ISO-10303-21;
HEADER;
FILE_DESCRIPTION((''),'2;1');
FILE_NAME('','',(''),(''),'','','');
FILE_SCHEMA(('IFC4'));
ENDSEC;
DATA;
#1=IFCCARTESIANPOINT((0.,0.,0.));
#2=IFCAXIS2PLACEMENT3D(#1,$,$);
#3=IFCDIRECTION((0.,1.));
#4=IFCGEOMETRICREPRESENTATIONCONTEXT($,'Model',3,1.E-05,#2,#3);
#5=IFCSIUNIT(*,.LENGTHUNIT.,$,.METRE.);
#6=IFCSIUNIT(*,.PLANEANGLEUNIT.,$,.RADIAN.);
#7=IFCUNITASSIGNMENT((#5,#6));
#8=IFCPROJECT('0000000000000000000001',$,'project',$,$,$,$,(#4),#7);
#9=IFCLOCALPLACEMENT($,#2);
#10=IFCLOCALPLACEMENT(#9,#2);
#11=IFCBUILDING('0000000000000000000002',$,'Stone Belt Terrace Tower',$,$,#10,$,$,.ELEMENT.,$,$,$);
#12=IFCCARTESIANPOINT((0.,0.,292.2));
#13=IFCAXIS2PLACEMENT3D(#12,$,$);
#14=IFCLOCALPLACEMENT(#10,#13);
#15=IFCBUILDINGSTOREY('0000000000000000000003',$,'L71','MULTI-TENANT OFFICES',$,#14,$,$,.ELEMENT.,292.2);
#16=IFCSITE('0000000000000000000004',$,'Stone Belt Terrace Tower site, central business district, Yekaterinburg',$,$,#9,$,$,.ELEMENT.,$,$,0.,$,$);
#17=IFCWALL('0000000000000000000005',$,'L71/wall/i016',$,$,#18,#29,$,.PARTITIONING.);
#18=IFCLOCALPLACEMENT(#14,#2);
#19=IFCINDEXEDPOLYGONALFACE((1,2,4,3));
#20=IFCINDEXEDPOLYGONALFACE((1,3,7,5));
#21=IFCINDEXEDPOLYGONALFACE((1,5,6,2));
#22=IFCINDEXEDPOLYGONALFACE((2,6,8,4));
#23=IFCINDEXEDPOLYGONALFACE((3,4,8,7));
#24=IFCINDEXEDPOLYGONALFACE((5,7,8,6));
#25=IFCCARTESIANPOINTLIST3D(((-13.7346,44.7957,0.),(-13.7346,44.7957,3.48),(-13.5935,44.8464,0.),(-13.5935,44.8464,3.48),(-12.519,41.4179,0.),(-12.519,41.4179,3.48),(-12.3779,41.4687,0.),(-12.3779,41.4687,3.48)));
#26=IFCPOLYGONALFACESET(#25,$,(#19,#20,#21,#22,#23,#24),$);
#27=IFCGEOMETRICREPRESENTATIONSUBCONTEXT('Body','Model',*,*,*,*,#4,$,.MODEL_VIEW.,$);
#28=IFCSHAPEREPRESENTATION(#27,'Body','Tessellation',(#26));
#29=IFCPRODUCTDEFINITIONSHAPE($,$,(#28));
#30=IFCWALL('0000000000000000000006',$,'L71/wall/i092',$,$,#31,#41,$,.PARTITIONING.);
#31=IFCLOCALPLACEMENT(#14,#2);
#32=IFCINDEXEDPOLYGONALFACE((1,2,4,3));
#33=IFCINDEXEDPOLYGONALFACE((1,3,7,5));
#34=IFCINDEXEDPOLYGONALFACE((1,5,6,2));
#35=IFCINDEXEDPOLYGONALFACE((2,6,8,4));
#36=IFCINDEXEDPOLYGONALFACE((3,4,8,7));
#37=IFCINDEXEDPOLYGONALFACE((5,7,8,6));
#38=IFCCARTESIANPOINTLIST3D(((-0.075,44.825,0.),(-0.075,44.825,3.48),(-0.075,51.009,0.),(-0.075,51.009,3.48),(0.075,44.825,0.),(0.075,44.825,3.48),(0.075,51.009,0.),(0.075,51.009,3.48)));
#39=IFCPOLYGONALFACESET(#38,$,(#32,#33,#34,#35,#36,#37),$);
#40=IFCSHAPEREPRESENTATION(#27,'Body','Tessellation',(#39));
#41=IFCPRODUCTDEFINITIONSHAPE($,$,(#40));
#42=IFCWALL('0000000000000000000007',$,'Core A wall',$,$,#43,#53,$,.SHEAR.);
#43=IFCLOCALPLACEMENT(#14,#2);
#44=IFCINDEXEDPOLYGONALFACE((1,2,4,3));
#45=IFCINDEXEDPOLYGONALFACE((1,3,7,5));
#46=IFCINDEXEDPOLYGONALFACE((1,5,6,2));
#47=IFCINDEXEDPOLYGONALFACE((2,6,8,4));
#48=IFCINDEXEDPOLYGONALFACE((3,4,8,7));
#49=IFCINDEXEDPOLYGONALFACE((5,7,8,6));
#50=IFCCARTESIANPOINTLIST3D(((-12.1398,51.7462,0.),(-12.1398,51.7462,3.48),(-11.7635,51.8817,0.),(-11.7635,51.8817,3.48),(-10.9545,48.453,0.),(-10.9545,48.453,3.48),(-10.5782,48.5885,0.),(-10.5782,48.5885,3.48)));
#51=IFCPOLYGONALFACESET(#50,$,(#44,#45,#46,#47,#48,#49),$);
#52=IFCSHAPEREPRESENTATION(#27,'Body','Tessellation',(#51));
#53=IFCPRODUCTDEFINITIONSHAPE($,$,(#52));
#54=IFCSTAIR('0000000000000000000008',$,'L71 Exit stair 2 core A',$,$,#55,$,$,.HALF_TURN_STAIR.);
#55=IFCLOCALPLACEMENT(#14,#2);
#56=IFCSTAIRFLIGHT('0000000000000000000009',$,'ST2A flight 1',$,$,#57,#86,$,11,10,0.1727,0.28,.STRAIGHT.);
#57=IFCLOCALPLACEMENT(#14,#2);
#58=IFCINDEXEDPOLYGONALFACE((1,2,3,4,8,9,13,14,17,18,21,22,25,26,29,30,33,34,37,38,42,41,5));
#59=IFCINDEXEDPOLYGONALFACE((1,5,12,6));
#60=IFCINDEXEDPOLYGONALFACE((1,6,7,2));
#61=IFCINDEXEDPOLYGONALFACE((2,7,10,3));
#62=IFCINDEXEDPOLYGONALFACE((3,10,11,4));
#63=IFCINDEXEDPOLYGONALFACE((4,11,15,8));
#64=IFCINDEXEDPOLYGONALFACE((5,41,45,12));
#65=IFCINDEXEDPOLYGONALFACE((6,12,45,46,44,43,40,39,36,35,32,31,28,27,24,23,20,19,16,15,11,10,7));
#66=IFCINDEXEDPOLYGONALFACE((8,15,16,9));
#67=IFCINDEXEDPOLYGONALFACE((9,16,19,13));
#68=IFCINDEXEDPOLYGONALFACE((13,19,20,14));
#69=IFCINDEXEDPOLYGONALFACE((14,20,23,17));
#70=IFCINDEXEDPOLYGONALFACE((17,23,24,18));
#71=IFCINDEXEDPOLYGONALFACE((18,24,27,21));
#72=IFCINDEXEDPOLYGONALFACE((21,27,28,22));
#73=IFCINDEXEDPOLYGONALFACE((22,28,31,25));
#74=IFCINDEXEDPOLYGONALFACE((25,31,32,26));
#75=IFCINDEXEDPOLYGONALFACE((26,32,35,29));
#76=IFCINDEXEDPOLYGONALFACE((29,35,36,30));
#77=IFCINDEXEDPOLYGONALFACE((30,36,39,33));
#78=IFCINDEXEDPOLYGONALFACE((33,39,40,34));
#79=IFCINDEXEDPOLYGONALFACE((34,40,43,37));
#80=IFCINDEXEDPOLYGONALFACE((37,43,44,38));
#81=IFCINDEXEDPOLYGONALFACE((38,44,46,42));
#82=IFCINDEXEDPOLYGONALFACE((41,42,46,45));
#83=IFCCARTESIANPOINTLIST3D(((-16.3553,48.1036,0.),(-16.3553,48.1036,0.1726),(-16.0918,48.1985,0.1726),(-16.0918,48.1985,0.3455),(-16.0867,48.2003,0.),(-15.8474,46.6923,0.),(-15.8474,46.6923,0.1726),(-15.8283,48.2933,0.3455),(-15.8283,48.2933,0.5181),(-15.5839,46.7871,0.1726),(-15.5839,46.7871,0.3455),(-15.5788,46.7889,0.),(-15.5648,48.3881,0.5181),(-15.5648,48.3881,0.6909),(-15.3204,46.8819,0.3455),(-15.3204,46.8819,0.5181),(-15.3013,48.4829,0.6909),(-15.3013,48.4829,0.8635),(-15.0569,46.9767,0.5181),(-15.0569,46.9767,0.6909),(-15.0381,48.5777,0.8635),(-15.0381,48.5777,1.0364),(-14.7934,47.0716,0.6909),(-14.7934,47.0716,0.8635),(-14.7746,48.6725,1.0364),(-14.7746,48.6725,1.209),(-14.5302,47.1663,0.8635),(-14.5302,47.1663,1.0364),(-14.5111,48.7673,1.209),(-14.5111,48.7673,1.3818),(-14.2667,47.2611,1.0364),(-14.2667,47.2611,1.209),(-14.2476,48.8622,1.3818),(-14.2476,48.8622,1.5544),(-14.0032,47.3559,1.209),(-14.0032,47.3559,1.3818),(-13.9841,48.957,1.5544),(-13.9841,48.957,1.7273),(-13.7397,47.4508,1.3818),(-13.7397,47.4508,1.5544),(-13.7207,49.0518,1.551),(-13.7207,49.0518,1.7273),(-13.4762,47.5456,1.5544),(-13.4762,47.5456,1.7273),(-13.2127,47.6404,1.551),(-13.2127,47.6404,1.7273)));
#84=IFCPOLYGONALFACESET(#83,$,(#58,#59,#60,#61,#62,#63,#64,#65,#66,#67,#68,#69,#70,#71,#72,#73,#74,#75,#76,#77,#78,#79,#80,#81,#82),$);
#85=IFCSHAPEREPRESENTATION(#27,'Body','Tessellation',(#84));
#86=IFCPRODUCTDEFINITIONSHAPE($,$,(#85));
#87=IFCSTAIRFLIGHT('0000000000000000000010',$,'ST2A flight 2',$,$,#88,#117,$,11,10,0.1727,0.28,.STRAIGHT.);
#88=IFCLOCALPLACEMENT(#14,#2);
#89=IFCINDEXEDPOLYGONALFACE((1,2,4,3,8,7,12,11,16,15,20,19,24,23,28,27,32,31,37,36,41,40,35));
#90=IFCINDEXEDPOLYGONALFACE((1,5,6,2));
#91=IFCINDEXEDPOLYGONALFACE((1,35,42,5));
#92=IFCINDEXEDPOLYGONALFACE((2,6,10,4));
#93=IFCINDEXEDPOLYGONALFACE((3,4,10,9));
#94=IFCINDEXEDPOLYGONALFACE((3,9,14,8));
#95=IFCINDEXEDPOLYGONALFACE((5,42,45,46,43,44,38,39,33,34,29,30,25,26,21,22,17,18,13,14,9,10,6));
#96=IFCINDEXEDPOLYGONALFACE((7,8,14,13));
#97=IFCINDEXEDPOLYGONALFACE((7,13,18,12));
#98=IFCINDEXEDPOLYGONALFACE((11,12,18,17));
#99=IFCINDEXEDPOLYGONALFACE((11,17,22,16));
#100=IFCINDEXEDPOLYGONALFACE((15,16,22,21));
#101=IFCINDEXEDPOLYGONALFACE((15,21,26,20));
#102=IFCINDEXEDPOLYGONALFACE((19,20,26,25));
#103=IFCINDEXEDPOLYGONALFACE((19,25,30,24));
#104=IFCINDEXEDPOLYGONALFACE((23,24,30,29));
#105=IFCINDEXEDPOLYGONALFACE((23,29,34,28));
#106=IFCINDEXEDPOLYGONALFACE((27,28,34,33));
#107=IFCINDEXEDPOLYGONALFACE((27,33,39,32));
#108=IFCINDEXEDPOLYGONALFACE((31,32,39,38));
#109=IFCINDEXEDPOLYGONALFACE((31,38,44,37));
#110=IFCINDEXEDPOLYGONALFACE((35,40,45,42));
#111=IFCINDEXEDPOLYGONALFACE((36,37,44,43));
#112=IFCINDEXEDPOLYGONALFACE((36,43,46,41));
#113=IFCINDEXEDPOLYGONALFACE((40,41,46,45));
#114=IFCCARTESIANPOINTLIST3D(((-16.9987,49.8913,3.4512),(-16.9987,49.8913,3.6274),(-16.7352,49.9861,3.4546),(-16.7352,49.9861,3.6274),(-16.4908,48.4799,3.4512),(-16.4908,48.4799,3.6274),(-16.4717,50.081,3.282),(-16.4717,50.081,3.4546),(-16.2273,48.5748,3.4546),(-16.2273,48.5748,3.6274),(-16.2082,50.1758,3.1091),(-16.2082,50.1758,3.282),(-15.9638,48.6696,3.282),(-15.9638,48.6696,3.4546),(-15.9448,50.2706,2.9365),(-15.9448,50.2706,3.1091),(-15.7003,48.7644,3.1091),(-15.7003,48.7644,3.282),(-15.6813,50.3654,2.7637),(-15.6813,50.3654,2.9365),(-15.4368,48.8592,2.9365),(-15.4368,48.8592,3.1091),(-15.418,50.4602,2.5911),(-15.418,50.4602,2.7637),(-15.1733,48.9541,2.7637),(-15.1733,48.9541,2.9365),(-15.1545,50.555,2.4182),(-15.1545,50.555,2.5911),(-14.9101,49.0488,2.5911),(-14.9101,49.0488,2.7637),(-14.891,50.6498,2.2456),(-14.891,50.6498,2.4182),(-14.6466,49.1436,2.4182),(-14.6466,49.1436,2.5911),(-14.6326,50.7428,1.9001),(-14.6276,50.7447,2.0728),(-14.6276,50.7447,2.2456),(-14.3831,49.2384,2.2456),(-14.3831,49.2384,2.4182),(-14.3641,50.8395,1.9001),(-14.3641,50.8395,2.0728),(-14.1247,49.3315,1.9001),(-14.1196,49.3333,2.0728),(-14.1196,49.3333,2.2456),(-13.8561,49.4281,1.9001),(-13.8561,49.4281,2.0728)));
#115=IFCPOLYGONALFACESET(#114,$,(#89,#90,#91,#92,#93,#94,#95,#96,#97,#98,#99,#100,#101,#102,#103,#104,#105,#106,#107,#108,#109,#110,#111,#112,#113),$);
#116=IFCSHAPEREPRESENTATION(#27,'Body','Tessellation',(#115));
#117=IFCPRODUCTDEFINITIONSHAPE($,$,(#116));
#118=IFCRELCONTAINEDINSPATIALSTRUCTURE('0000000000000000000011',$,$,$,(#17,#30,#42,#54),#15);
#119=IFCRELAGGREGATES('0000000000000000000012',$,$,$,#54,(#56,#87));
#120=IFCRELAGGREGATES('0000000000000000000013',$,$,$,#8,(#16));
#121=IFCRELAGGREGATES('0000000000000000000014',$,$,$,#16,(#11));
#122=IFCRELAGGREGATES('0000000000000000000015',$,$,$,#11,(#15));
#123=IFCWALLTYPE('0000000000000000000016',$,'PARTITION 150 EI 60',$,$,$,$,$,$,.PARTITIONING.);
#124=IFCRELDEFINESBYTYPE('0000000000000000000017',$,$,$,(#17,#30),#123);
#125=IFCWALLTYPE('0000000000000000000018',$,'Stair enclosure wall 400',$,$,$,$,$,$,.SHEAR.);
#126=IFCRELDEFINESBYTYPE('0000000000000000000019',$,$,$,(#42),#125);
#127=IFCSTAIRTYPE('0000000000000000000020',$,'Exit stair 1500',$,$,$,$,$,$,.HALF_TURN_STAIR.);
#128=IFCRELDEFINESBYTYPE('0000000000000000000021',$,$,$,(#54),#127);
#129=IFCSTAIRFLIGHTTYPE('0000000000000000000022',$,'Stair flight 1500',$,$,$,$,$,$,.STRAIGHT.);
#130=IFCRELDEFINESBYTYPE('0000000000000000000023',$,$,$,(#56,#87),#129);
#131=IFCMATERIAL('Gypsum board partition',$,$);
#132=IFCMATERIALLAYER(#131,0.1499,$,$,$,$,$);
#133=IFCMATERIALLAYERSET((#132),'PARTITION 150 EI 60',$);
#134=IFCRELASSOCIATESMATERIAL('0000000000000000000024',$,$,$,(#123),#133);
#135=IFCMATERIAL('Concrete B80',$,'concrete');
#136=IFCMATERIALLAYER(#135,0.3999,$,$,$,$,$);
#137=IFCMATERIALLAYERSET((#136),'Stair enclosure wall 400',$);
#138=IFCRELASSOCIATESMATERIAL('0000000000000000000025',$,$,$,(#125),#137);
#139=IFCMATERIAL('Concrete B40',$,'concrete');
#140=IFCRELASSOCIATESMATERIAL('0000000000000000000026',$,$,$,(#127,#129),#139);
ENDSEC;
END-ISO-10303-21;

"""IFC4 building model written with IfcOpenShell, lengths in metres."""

from ifc_helpers import new_model, si_unit, direction, frame, frame_2d, origin, place, context, subcontext, project, spatial, polyline, rectangle, outline, extrude, material, layer, layer_set, type_object, element, aggregate, save


model = new_model("IFC4")

# Units and contexts
model_context = context("Model", 3, precision=1e-05, world=origin(), true_north=direction((0.0, 1.0)))
body_context = subcontext(model_context, "Body", "Model", "MODEL_VIEW")
ifc_project = project(units=[si_unit("LENGTHUNIT", "METRE"), si_unit("PLANEANGLEUNIT", "RADIAN")], contexts=[model_context])

# Site, building, storey
site_placement = place(None, origin())
site = spatial("IfcSite", under=ifc_project, at=site_placement, Name="Stone Belt Terrace Tower site, central business district, Yekaterinburg", CompositionType="ELEMENT", RefElevation=0.0)
building_placement = place(site_placement, origin())
building = spatial("IfcBuilding", under=site, at=building_placement, Name="Stone Belt Terrace Tower", CompositionType="ELEMENT")
storey_placement = place(building_placement, frame((0.0, 0.0, 292.2)))
storey = spatial("IfcBuildingStorey", under=building, at=storey_placement, Name="L71", Description="MULTI-TENANT OFFICES", CompositionType="ELEMENT", Elevation=292.2)

# Shared definitions
ifc_material_1 = material(Name="Gypsum board partition")
ifc_layer_1 = layer(ifc_material_1, 0.1499)
ifc_layer_set_1 = layer_set([ifc_layer_1], Name="PARTITION 150 EI 60")
wall_type_1 = type_object("IfcWallType", Name="PARTITION 150 EI 60", PredefinedType="PARTITIONING", material=ifc_layer_set_1)

# Walls
wall_1_placement = place(storey_placement, frame((-13.6641, 44.821, 0.0), z_axis=(0.0, 0.0, 1.0), x_axis=(0.338623, -0.940922, 0.0)))
element("IfcWall", 1, at=wall_1_placement, inside=storey, type_object=wall_type_1, Name="L71/wall/i016", PredefinedType="PARTITIONING", context=body_context, shape_type="SweptSolid", body=[
    extrude(rectangle(XDim=3.5898, YDim=0.1499, at=frame_2d((1.7949, 0.0))), origin(), (0.0, 0.0, 1.0), 3.48),
])
wall_2_placement = place(storey_placement, frame((0.0, 51.009, 0.0), z_axis=(0.0, 0.0, 1.0), x_axis=(0.0, -1.0, 0.0)))
element("IfcWall", 2, at=wall_2_placement, inside=storey, type_object=wall_type_1, Name="L71/wall/i092", PredefinedType="PARTITIONING", context=body_context, shape_type="SweptSolid", body=[
    extrude(rectangle(XDim=6.1841, YDim=0.1499, at=frame_2d((3.092, 0.0))), origin(), (0.0, 0.0, 1.0), 3.48),
])
ifc_material_2 = material(Name="Concrete B80", Category="concrete")
ifc_layer_2 = layer(ifc_material_2, 0.3999)
ifc_layer_set_2 = layer_set([ifc_layer_2], Name="Stair enclosure wall 400")
wall_type_2 = type_object("IfcWallType", Name="Stair enclosure wall 400", PredefinedType="SHEAR", material=ifc_layer_set_2)
wall_3_placement = place(storey_placement, frame((-10.7664, 48.5208, 0.0), z_axis=(0.0, 0.0, 1.0), x_axis=(-0.338655, 0.940911, 0.0)))
element("IfcWall", 3, at=wall_3_placement, inside=storey, type_object=wall_type_2, Name="Core A wall", PredefinedType="SHEAR", context=body_context, shape_type="SweptSolid", body=[
    extrude(rectangle(XDim=3.5, YDim=0.3999, at=frame_2d((1.75, 0.0))), origin(), (0.0, 0.0, 1.0), 3.48),
])

# Stair, stair flights
ifc_material_3 = material(Name="Concrete B40", Category="concrete")
stair_type = type_object("IfcStairType", Name="Exit stair 1500", PredefinedType="HALF_TURN_STAIR", material=ifc_material_3)
stair_placement = place(storey_placement, origin())
stair = element("IfcStair", 4, at=stair_placement, inside=storey, type_object=stair_type, Name="L71 Exit stair 2 core A", PredefinedType="HALF_TURN_STAIR")
stair_flight_type = type_object("IfcStairFlightType", Name="Stair flight 1500", PredefinedType="STRAIGHT", material=ifc_material_3)
stair_flight_1_placement = place(storey_placement, frame((-16.1013, 47.3979, 0.0), z_axis=(0.0, 0.0, 1.0), x_axis=(0.940922, 0.338624, 0.0)))
stair_flight_1 = element("IfcStairFlight", 5, at=stair_flight_1_placement, type_object=stair_flight_type, Name="ST2A flight 1", NumberOfRisers=11, NumberOfTreads=10, PredefinedType="STRAIGHT", RiserHeight=0.1727, TreadLength=0.28, context=body_context, shape_type="SweptSolid", body=[
    extrude(outline(polyline([(0.0, 0.0), (0.0, 0.1726), (0.28, 0.1726), (0.28, 0.3455), (0.5601, 0.3455), (0.5601, 0.5181), (0.8401, 0.5181), (0.8401, 0.6909), (1.1201, 0.6909), (1.1201, 0.8635), (1.3999, 0.8635), (1.3999, 1.0364), (1.6799, 1.0364), (1.6799, 1.209), (1.96, 1.209), (1.96, 1.3818), (2.24, 1.3818), (2.24, 1.5544), (2.52, 1.5544), (2.52, 1.7273), (2.8, 1.7273), (2.8, 1.8999), (2.8, 1.551), (0.2854, 0.0), (0.0, 0.0)])), frame((0.0, 0.75, 0.0), z_axis=(0.0, -1.0, 0.0), x_axis=(1.0, 0.0, 0.0)), (0.0, 0.0, 1.0), 1.5),
])
stair_flight_2_placement = place(storey_placement, frame((-14.1101, 50.1338, 1.9001), z_axis=(0.0, 0.0, 1.0), x_axis=(-0.940922, -0.338624, 0.0)))
stair_flight_2 = element("IfcStairFlight", 6, at=stair_flight_2_placement, type_object=stair_flight_type, Name="ST2A flight 2", NumberOfRisers=11, NumberOfTreads=10, PredefinedType="STRAIGHT", RiserHeight=0.1727, TreadLength=0.28, context=body_context, shape_type="SweptSolid", body=[
    extrude(outline(polyline([(0.0, 0.0), (0.0, 0.1726), (0.28, 0.1726), (0.28, 0.3455), (0.5601, 0.3455), (0.5601, 0.5181), (0.8401, 0.5181), (0.8401, 0.6909), (1.1201, 0.6909), (1.1201, 0.8635), (1.3999, 0.8635), (1.3999, 1.0364), (1.6799, 1.0364), (1.6799, 1.209), (1.96, 1.209), (1.96, 1.3818), (2.24, 1.3818), (2.24, 1.5544), (2.52, 1.5544), (2.52, 1.7273), (2.8, 1.7273), (2.8, 1.8999), (2.8, 1.551), (0.2854, 0.0), (0.0, 0.0)])), frame((0.0, 0.75, 0.0), z_axis=(0.0, -1.0, 0.0), x_axis=(1.0, 0.0, 0.0)), (0.0, 0.0, 1.0), 1.5),
])
aggregate(stair, [stair_flight_1, stair_flight_2])

save(model, "model.ifc")
